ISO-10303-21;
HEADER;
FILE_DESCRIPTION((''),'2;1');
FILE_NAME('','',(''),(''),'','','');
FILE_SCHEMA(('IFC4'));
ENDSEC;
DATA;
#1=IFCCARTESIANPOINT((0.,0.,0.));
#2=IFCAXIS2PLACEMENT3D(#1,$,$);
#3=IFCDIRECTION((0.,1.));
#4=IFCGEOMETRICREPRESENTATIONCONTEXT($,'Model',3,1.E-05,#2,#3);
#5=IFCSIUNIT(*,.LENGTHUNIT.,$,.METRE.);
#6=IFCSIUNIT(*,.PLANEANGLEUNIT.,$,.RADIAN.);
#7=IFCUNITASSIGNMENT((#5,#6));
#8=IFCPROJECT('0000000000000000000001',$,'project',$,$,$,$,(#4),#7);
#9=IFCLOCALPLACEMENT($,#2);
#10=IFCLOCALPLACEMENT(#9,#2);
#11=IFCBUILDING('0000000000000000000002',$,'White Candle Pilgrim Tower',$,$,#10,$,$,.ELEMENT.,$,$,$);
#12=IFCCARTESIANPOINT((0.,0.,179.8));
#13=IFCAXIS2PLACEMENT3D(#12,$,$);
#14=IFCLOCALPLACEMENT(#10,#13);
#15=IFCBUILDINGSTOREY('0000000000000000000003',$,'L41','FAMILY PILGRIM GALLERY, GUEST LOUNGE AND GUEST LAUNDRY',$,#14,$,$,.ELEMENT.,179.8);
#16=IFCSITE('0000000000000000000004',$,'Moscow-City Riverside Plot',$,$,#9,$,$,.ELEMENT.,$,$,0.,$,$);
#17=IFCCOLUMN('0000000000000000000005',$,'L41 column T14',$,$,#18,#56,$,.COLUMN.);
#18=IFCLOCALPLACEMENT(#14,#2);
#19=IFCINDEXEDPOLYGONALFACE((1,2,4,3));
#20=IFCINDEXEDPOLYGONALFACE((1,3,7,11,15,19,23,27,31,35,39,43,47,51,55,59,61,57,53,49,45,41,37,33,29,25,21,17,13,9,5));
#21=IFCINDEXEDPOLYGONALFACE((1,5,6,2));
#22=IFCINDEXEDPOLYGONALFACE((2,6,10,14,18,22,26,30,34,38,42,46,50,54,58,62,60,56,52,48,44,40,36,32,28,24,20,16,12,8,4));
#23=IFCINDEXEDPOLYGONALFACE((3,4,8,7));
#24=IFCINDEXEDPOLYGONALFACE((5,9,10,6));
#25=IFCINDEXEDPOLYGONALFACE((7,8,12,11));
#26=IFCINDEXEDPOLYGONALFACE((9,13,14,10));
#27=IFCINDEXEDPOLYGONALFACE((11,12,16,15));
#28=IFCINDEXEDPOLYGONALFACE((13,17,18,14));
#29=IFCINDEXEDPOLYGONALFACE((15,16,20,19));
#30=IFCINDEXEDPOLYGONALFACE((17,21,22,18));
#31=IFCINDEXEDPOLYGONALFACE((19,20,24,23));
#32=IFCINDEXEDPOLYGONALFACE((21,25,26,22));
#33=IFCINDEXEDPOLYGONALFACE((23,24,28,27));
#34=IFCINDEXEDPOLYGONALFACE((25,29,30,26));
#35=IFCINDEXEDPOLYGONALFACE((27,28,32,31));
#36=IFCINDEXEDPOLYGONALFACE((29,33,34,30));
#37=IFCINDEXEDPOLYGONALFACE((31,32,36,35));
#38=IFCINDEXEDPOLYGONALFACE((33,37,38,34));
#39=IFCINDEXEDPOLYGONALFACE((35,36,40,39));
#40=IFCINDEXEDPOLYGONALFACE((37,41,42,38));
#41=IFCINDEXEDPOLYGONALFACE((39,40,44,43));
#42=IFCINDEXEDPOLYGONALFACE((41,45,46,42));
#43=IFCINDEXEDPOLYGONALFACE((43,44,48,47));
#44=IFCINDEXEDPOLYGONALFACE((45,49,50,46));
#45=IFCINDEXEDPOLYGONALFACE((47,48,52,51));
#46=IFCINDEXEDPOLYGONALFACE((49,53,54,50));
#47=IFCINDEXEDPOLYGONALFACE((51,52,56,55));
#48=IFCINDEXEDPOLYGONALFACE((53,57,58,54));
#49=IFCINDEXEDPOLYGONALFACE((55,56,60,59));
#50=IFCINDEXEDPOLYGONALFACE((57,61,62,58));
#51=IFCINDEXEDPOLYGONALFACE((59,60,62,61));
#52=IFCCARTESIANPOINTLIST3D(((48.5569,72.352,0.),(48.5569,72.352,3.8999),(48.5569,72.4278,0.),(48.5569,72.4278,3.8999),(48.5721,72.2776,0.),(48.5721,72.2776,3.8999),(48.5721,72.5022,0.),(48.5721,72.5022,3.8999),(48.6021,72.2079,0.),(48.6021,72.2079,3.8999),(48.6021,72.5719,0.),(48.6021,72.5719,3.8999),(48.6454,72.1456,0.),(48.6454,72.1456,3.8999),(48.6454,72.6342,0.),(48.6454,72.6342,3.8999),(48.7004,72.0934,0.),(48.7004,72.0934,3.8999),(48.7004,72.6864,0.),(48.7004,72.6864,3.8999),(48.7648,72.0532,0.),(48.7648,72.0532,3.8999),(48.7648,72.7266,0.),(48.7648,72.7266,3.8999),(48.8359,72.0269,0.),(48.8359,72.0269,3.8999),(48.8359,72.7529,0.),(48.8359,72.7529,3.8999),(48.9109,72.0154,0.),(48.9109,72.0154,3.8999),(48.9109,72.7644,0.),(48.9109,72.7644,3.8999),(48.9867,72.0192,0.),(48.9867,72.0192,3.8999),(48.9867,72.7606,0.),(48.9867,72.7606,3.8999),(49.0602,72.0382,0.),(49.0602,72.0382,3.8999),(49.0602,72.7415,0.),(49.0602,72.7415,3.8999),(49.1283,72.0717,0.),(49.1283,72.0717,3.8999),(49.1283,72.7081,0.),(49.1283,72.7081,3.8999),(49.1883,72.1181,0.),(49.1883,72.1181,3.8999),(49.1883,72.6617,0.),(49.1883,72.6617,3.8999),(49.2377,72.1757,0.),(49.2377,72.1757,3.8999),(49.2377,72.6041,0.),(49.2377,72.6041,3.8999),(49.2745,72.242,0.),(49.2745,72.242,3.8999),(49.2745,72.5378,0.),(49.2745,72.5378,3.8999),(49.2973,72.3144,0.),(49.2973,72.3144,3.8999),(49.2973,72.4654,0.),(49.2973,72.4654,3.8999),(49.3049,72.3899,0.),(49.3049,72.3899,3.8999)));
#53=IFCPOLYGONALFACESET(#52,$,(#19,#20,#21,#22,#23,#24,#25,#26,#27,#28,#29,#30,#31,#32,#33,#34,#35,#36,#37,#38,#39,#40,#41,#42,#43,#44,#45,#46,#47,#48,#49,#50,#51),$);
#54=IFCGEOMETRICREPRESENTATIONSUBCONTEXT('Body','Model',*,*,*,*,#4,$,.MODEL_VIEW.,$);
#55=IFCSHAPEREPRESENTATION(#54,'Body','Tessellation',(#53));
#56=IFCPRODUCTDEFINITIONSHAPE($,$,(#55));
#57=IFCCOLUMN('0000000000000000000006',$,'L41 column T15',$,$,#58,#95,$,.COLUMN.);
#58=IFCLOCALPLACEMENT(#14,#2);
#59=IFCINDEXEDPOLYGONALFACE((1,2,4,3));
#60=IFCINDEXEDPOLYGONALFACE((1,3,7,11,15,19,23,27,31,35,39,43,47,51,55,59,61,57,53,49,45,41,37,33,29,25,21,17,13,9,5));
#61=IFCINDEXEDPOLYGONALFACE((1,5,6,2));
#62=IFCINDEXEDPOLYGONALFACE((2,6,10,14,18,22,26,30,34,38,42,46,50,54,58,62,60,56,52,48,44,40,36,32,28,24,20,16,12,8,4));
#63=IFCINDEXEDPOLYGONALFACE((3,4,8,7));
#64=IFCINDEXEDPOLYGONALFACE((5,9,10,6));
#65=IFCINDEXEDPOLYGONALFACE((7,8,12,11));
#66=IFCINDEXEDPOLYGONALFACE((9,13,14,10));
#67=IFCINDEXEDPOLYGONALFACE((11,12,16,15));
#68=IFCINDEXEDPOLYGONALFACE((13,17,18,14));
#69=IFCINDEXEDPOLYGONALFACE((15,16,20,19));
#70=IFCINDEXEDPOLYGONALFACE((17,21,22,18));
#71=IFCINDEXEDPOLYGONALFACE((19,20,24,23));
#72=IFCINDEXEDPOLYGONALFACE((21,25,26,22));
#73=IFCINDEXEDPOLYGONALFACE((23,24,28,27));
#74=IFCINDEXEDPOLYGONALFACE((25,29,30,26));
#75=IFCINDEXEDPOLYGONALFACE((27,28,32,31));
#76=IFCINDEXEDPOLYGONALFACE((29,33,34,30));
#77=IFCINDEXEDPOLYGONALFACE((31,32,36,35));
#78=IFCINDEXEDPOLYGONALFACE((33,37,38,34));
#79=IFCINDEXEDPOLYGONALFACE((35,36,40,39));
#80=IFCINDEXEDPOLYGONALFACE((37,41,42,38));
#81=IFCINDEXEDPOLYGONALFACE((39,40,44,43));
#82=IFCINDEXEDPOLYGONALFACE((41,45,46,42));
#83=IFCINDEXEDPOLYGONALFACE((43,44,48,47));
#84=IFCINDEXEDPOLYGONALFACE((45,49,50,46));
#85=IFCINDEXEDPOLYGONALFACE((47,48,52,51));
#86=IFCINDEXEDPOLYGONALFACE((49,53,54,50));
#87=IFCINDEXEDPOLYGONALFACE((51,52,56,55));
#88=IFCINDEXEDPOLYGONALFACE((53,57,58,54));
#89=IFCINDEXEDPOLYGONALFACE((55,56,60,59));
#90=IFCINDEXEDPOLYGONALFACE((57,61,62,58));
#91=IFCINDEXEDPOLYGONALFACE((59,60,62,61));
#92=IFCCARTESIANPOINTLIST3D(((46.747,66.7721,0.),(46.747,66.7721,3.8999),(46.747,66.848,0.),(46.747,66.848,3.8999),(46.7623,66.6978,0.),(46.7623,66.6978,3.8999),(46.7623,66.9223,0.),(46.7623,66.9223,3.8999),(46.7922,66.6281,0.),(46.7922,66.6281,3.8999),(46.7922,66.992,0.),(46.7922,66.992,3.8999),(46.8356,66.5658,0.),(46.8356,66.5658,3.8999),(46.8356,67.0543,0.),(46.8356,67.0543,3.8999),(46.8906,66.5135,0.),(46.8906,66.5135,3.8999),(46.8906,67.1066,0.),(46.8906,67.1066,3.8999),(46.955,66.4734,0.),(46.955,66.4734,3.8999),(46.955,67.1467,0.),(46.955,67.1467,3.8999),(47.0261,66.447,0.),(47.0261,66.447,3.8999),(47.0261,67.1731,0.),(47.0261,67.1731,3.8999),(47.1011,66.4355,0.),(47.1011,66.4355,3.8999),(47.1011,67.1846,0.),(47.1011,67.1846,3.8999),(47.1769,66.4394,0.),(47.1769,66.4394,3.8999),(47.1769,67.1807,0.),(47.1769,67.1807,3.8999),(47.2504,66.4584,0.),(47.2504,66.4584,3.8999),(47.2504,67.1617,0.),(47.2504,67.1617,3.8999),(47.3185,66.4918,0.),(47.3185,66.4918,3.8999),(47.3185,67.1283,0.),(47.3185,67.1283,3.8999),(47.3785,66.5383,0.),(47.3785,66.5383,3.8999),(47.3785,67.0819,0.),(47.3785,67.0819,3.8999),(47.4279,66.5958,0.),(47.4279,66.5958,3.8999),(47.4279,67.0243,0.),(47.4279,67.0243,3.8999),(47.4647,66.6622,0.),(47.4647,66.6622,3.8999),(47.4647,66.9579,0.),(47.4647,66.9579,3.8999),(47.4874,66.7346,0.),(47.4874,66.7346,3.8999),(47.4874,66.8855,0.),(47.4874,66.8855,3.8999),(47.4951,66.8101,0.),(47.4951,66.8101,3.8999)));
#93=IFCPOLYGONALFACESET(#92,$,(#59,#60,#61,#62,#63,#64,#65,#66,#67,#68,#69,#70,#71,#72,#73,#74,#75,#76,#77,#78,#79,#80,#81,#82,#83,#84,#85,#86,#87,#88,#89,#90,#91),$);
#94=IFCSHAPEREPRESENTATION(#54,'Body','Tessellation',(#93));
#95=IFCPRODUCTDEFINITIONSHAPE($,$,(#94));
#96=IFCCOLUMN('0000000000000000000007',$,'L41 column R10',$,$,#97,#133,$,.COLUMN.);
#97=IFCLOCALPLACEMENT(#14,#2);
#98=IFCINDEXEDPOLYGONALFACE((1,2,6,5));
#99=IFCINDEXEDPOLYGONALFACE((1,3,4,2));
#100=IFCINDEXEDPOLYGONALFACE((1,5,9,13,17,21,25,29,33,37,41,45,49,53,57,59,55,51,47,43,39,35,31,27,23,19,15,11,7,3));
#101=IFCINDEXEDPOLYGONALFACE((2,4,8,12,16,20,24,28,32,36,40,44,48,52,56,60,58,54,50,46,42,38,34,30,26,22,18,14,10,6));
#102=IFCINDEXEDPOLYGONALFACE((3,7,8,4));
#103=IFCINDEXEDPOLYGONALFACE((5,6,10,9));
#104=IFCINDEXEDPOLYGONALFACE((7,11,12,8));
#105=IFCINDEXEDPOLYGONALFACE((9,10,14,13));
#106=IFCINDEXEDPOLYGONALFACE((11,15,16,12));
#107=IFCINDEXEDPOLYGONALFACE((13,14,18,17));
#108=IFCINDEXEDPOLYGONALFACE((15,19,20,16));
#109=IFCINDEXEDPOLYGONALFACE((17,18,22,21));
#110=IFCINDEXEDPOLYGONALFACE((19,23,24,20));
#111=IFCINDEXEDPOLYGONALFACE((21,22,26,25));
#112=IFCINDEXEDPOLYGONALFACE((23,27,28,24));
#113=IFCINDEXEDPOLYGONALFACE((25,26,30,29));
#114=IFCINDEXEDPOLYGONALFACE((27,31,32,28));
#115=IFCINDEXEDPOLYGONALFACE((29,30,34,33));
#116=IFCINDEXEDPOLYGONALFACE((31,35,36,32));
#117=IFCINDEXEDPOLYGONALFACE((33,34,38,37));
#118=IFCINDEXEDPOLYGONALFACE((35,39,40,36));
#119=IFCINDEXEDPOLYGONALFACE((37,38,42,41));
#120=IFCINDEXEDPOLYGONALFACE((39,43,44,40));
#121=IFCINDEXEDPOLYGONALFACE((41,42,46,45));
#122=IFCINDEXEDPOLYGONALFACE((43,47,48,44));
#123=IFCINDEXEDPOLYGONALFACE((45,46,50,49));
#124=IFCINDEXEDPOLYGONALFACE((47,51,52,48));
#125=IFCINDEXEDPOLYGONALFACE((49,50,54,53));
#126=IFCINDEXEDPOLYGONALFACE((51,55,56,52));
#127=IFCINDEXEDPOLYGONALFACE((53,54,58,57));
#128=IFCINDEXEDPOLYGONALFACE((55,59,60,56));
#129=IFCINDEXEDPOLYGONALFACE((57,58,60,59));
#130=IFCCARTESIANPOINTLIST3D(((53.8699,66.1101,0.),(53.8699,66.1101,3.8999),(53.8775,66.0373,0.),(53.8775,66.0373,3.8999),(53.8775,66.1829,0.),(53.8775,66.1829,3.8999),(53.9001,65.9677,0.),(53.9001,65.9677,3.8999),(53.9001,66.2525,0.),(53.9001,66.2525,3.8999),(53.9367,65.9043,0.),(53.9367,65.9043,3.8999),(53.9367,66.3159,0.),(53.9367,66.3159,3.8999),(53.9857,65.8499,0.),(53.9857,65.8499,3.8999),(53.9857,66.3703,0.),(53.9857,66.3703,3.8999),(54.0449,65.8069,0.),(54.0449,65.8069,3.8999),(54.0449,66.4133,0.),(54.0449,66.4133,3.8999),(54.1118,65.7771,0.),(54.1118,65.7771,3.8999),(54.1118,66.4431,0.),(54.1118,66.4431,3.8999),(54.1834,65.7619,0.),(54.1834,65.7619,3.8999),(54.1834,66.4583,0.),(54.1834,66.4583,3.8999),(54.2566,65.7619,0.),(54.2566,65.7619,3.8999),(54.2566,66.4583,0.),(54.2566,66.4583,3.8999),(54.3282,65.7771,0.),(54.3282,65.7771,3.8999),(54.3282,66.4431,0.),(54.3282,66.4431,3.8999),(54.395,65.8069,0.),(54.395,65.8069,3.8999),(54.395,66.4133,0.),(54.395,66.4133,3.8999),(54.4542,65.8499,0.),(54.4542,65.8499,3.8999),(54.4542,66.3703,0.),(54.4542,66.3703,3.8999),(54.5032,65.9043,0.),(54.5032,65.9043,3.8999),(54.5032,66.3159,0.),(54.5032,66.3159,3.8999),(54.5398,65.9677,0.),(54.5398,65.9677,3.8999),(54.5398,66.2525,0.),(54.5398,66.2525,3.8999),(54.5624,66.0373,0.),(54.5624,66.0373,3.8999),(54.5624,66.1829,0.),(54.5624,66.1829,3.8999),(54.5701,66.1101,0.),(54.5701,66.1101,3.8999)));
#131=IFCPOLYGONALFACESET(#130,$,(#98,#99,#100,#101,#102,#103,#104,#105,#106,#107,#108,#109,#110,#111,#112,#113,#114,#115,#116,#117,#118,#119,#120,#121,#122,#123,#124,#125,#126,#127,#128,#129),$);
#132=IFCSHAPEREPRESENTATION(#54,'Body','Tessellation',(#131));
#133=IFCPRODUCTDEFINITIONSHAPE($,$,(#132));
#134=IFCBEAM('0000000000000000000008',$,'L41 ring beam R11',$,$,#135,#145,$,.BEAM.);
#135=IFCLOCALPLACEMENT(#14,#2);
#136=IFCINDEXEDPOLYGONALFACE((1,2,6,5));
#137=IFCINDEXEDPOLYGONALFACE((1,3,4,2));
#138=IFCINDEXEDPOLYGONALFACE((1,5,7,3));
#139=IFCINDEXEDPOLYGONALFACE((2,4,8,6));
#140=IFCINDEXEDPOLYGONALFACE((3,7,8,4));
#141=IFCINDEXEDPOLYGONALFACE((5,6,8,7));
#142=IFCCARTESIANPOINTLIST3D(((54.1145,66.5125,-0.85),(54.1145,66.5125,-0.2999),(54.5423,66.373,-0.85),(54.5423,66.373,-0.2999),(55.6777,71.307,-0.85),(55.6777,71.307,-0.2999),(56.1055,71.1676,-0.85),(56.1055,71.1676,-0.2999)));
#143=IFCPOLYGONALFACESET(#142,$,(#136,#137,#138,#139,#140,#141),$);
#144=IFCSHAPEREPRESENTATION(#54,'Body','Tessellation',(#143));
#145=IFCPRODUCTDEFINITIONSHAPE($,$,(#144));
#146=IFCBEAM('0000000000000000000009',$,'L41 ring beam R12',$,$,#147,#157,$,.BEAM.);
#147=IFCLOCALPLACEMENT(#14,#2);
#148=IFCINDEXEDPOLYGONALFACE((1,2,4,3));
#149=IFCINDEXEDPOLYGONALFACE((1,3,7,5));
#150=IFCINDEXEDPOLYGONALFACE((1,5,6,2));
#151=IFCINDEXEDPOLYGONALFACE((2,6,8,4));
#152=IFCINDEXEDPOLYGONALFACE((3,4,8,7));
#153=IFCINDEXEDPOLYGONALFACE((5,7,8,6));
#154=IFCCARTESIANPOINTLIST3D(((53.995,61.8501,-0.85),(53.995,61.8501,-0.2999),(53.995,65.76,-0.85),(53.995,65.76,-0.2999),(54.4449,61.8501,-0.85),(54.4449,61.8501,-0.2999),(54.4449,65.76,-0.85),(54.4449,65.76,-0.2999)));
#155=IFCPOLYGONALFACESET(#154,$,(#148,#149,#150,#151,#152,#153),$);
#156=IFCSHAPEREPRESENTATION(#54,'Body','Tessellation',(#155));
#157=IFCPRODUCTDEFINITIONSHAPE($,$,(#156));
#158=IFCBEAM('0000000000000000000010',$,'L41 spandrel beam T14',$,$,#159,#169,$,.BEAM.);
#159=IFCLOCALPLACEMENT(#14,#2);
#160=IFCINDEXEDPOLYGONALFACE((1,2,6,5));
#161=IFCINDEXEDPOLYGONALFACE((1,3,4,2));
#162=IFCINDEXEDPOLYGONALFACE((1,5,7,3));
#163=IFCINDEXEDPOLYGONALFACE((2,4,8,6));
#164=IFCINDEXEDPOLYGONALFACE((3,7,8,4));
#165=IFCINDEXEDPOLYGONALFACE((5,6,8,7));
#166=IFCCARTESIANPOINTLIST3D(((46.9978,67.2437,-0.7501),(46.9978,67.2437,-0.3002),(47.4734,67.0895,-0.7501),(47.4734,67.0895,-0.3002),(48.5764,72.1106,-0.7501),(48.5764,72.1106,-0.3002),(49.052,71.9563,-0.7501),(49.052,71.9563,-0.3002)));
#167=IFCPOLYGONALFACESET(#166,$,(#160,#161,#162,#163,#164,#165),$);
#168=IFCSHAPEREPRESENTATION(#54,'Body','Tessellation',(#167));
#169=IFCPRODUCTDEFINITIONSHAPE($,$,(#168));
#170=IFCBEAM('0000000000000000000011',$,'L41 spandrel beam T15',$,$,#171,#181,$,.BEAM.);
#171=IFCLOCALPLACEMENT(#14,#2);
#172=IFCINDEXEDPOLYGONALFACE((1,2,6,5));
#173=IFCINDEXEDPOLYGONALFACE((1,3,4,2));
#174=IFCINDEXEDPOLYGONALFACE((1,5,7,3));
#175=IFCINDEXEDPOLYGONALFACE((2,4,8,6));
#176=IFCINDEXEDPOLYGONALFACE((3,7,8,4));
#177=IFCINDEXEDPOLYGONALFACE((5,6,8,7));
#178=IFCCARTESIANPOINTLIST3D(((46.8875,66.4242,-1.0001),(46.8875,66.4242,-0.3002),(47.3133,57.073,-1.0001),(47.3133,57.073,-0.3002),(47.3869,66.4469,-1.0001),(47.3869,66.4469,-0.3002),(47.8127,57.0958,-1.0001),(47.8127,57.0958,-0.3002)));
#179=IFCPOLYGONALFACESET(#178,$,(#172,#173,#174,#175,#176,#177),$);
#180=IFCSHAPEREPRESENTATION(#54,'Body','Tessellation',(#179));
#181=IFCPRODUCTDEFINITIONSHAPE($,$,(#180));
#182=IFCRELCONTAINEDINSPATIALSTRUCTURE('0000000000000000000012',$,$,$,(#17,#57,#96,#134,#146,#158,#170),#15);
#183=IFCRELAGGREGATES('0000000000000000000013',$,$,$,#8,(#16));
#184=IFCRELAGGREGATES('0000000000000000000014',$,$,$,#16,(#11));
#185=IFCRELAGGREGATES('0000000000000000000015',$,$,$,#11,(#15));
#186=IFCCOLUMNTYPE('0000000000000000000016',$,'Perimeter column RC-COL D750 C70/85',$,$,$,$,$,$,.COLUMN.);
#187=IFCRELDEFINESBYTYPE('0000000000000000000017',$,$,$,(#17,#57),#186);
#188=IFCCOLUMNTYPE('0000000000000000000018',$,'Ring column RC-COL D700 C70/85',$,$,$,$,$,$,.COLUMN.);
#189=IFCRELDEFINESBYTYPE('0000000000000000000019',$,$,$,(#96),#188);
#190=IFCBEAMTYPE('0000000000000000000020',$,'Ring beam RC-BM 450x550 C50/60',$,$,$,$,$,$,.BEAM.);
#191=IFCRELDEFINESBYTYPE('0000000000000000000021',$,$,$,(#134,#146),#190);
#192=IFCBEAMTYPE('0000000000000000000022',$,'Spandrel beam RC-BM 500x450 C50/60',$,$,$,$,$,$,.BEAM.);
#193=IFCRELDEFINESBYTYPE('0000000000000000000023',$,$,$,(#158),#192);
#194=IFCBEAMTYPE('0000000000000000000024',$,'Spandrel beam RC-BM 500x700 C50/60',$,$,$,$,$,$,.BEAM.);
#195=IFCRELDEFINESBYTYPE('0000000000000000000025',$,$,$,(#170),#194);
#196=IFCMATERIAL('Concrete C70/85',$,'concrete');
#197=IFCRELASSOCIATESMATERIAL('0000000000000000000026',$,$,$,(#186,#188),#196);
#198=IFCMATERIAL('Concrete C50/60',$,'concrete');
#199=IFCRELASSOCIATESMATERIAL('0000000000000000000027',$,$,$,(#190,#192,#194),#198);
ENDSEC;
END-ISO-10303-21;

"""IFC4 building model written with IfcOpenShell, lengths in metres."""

from ifc_helpers import new_model, si_unit, direction, frame, origin, origin_2d, place, context, subcontext, project, spatial, rectangle, circle, extrude, material, material_profile, profile_set, type_object, element, save


model = new_model("IFC4")

# Units and contexts
model_context = context("Model", 3, precision=1e-05, world=origin(), true_north=direction((0.0, 1.0)))
body_context = subcontext(model_context, "Body", "Model", "MODEL_VIEW")
ifc_project = project(units=[si_unit("LENGTHUNIT", "METRE"), si_unit("PLANEANGLEUNIT", "RADIAN")], contexts=[model_context])

# Site, building, storey
site_placement = place(None, origin())
site = spatial("IfcSite", under=ifc_project, at=site_placement, Name="Moscow-City Riverside Plot", CompositionType="ELEMENT", RefElevation=0.0)
building_placement = place(site_placement, origin())
building = spatial("IfcBuilding", under=site, at=building_placement, Name="White Candle Pilgrim Tower", CompositionType="ELEMENT")
storey_placement = place(building_placement, frame((0.0, 0.0, 179.8)))
storey = spatial("IfcBuildingStorey", under=building, at=storey_placement, Name="L41", Description="FAMILY PILGRIM GALLERY, GUEST LOUNGE AND GUEST LAUNDRY", CompositionType="ELEMENT", Elevation=179.8)

# Columns
ifc_material_1 = material(Name="Concrete C70/85", Category="concrete")
ifc_material_profile_1 = material_profile(ifc_material_1, circle(Radius=0.375, at=origin_2d()), Name="RC-COL D750")
ifc_profile_set_1 = profile_set([ifc_material_profile_1], Name="Concrete C70/85")
column_type_1 = type_object("IfcColumnType", Name="Perimeter column RC-COL D750 C70/85", PredefinedType="COLUMN", material=ifc_profile_set_1)
for number, where, z_axis, x_axis, name in (
    (1, (48.9299, 72.3899, 0.0), (0.0, 0.0, 1.0), (1.0, 0.0, 0.0), "L41 column T14"),
    (2, (47.1201, 66.8101, 0.0), (0.0, 0.0, 1.0), (1.0, 0.0, 0.0), "L41 column T15"),
):
    element("IfcColumn", number, at=place(storey_placement, frame(where, z_axis=z_axis, x_axis=x_axis)), inside=storey, type_object=column_type_1, Name=name, PredefinedType="COLUMN", context=body_context, shape_type="SweptSolid", body=[
        extrude(circle(Radius=0.375, at=origin_2d()), origin(), (0.0, 0.0, 1.0), 3.8999),
    ])
ifc_material_profile_2 = material_profile(ifc_material_1, circle(Radius=0.3501, at=origin_2d()), Name="RC-COL D700")
ifc_profile_set_2 = profile_set([ifc_material_profile_2], Name="Concrete C70/85")
column_type_2 = type_object("IfcColumnType", Name="Ring column RC-COL D700 C70/85", PredefinedType="COLUMN", material=ifc_profile_set_2)
column_placement = place(storey_placement, frame((54.22, 66.1101, 0.0), z_axis=(0.0, 0.0, 1.0), x_axis=(1.0, 0.0, 0.0)))
element("IfcColumn", 3, at=column_placement, inside=storey, type_object=column_type_2, Name="L41 column R10", PredefinedType="COLUMN", context=body_context, shape_type="SweptSolid", body=[
    extrude(circle(Radius=0.3501, at=origin_2d()), origin(), (0.0, 0.0, 1.0), 3.8999),
])

# Beams
ifc_material_2 = material(Name="Concrete C50/60", Category="concrete")
ifc_material_profile_3 = material_profile(ifc_material_2, rectangle(XDim=0.45, YDim=0.55, at=origin_2d()), Name="RC-BM 450x550")
ifc_profile_set_3 = profile_set([ifc_material_profile_3], Name="Concrete C50/60")
beam_type_1 = type_object("IfcBeamType", Name="Ring beam RC-BM 450x550 C50/60", PredefinedType="BEAM", material=ifc_profile_set_3)
beam_1_placement = place(storey_placement, frame((55.8916, 71.2373, -0.575), z_axis=(-0.309976, -0.950744, 0.0), x_axis=(0.950744, -0.309976, 0.0)))
element("IfcBeam", 4, at=beam_1_placement, inside=storey, type_object=beam_type_1, Name="L41 ring beam R11", PredefinedType="BEAM", context=body_context, shape_type="SweptSolid", body=[
    extrude(rectangle(XDim=0.45, YDim=0.55, at=origin_2d()), origin(), (0.0, 0.0, 1.0), 5.043),
])
beam_2_placement = place(storey_placement, frame((54.22, 65.76, -0.575), z_axis=(0.0, -1.0, 0.0), x_axis=(1.0, 0.0, 0.0)))
element("IfcBeam", 5, at=beam_2_placement, inside=storey, type_object=beam_type_1, Name="L41 ring beam R12", PredefinedType="BEAM", context=body_context, shape_type="SweptSolid", body=[
    extrude(rectangle(XDim=0.45, YDim=0.55, at=origin_2d()), origin(), (0.0, 0.0, 1.0), 3.9099),
])
ifc_material_profile_4 = material_profile(ifc_material_2, rectangle(XDim=0.5, YDim=0.45, at=origin_2d()), Name="RC-BM 500x450")
ifc_profile_set_4 = profile_set([ifc_material_profile_4], Name="Concrete C50/60")
beam_type_2 = type_object("IfcBeamType", Name="Spandrel beam RC-BM 500x450 C50/60", PredefinedType="BEAM", material=ifc_profile_set_4)
beam_3_placement = place(storey_placement, frame((48.8142, 72.0334, -0.5251), z_axis=(-0.30853, -0.951214, 0.0), x_axis=(0.951214, -0.30853, 0.0)))
element("IfcBeam", 6, at=beam_3_placement, inside=storey, type_object=beam_type_2, Name="L41 spandrel beam T14", PredefinedType="BEAM", context=body_context, shape_type="SweptSolid", body=[
    extrude(rectangle(XDim=0.5, YDim=0.45, at=origin_2d()), origin(), (0.0, 0.0, 1.0), 5.1165),
])
ifc_material_profile_5 = material_profile(ifc_material_2, rectangle(XDim=0.5, YDim=0.7, at=origin_2d()), Name="RC-BM 500x700")
ifc_profile_set_5 = profile_set([ifc_material_profile_5], Name="Concrete C50/60")
beam_type_3 = type_object("IfcBeamType", Name="Spandrel beam RC-BM 500x700 C50/60", PredefinedType="BEAM", material=ifc_profile_set_5)
beam_4_placement = place(storey_placement, frame((47.1372, 66.4355, -0.6501), z_axis=(0.045486, -0.998965, 0.0), x_axis=(0.998965, 0.045486, 0.0)))
element("IfcBeam", 7, at=beam_4_placement, inside=storey, type_object=beam_type_3, Name="L41 spandrel beam T15", PredefinedType="BEAM", context=body_context, shape_type="SweptSolid", body=[
    extrude(rectangle(XDim=0.5, YDim=0.7, at=origin_2d()), origin(), (0.0, 0.0, 1.0), 9.3608),
])

save(model, "model.ifc")
